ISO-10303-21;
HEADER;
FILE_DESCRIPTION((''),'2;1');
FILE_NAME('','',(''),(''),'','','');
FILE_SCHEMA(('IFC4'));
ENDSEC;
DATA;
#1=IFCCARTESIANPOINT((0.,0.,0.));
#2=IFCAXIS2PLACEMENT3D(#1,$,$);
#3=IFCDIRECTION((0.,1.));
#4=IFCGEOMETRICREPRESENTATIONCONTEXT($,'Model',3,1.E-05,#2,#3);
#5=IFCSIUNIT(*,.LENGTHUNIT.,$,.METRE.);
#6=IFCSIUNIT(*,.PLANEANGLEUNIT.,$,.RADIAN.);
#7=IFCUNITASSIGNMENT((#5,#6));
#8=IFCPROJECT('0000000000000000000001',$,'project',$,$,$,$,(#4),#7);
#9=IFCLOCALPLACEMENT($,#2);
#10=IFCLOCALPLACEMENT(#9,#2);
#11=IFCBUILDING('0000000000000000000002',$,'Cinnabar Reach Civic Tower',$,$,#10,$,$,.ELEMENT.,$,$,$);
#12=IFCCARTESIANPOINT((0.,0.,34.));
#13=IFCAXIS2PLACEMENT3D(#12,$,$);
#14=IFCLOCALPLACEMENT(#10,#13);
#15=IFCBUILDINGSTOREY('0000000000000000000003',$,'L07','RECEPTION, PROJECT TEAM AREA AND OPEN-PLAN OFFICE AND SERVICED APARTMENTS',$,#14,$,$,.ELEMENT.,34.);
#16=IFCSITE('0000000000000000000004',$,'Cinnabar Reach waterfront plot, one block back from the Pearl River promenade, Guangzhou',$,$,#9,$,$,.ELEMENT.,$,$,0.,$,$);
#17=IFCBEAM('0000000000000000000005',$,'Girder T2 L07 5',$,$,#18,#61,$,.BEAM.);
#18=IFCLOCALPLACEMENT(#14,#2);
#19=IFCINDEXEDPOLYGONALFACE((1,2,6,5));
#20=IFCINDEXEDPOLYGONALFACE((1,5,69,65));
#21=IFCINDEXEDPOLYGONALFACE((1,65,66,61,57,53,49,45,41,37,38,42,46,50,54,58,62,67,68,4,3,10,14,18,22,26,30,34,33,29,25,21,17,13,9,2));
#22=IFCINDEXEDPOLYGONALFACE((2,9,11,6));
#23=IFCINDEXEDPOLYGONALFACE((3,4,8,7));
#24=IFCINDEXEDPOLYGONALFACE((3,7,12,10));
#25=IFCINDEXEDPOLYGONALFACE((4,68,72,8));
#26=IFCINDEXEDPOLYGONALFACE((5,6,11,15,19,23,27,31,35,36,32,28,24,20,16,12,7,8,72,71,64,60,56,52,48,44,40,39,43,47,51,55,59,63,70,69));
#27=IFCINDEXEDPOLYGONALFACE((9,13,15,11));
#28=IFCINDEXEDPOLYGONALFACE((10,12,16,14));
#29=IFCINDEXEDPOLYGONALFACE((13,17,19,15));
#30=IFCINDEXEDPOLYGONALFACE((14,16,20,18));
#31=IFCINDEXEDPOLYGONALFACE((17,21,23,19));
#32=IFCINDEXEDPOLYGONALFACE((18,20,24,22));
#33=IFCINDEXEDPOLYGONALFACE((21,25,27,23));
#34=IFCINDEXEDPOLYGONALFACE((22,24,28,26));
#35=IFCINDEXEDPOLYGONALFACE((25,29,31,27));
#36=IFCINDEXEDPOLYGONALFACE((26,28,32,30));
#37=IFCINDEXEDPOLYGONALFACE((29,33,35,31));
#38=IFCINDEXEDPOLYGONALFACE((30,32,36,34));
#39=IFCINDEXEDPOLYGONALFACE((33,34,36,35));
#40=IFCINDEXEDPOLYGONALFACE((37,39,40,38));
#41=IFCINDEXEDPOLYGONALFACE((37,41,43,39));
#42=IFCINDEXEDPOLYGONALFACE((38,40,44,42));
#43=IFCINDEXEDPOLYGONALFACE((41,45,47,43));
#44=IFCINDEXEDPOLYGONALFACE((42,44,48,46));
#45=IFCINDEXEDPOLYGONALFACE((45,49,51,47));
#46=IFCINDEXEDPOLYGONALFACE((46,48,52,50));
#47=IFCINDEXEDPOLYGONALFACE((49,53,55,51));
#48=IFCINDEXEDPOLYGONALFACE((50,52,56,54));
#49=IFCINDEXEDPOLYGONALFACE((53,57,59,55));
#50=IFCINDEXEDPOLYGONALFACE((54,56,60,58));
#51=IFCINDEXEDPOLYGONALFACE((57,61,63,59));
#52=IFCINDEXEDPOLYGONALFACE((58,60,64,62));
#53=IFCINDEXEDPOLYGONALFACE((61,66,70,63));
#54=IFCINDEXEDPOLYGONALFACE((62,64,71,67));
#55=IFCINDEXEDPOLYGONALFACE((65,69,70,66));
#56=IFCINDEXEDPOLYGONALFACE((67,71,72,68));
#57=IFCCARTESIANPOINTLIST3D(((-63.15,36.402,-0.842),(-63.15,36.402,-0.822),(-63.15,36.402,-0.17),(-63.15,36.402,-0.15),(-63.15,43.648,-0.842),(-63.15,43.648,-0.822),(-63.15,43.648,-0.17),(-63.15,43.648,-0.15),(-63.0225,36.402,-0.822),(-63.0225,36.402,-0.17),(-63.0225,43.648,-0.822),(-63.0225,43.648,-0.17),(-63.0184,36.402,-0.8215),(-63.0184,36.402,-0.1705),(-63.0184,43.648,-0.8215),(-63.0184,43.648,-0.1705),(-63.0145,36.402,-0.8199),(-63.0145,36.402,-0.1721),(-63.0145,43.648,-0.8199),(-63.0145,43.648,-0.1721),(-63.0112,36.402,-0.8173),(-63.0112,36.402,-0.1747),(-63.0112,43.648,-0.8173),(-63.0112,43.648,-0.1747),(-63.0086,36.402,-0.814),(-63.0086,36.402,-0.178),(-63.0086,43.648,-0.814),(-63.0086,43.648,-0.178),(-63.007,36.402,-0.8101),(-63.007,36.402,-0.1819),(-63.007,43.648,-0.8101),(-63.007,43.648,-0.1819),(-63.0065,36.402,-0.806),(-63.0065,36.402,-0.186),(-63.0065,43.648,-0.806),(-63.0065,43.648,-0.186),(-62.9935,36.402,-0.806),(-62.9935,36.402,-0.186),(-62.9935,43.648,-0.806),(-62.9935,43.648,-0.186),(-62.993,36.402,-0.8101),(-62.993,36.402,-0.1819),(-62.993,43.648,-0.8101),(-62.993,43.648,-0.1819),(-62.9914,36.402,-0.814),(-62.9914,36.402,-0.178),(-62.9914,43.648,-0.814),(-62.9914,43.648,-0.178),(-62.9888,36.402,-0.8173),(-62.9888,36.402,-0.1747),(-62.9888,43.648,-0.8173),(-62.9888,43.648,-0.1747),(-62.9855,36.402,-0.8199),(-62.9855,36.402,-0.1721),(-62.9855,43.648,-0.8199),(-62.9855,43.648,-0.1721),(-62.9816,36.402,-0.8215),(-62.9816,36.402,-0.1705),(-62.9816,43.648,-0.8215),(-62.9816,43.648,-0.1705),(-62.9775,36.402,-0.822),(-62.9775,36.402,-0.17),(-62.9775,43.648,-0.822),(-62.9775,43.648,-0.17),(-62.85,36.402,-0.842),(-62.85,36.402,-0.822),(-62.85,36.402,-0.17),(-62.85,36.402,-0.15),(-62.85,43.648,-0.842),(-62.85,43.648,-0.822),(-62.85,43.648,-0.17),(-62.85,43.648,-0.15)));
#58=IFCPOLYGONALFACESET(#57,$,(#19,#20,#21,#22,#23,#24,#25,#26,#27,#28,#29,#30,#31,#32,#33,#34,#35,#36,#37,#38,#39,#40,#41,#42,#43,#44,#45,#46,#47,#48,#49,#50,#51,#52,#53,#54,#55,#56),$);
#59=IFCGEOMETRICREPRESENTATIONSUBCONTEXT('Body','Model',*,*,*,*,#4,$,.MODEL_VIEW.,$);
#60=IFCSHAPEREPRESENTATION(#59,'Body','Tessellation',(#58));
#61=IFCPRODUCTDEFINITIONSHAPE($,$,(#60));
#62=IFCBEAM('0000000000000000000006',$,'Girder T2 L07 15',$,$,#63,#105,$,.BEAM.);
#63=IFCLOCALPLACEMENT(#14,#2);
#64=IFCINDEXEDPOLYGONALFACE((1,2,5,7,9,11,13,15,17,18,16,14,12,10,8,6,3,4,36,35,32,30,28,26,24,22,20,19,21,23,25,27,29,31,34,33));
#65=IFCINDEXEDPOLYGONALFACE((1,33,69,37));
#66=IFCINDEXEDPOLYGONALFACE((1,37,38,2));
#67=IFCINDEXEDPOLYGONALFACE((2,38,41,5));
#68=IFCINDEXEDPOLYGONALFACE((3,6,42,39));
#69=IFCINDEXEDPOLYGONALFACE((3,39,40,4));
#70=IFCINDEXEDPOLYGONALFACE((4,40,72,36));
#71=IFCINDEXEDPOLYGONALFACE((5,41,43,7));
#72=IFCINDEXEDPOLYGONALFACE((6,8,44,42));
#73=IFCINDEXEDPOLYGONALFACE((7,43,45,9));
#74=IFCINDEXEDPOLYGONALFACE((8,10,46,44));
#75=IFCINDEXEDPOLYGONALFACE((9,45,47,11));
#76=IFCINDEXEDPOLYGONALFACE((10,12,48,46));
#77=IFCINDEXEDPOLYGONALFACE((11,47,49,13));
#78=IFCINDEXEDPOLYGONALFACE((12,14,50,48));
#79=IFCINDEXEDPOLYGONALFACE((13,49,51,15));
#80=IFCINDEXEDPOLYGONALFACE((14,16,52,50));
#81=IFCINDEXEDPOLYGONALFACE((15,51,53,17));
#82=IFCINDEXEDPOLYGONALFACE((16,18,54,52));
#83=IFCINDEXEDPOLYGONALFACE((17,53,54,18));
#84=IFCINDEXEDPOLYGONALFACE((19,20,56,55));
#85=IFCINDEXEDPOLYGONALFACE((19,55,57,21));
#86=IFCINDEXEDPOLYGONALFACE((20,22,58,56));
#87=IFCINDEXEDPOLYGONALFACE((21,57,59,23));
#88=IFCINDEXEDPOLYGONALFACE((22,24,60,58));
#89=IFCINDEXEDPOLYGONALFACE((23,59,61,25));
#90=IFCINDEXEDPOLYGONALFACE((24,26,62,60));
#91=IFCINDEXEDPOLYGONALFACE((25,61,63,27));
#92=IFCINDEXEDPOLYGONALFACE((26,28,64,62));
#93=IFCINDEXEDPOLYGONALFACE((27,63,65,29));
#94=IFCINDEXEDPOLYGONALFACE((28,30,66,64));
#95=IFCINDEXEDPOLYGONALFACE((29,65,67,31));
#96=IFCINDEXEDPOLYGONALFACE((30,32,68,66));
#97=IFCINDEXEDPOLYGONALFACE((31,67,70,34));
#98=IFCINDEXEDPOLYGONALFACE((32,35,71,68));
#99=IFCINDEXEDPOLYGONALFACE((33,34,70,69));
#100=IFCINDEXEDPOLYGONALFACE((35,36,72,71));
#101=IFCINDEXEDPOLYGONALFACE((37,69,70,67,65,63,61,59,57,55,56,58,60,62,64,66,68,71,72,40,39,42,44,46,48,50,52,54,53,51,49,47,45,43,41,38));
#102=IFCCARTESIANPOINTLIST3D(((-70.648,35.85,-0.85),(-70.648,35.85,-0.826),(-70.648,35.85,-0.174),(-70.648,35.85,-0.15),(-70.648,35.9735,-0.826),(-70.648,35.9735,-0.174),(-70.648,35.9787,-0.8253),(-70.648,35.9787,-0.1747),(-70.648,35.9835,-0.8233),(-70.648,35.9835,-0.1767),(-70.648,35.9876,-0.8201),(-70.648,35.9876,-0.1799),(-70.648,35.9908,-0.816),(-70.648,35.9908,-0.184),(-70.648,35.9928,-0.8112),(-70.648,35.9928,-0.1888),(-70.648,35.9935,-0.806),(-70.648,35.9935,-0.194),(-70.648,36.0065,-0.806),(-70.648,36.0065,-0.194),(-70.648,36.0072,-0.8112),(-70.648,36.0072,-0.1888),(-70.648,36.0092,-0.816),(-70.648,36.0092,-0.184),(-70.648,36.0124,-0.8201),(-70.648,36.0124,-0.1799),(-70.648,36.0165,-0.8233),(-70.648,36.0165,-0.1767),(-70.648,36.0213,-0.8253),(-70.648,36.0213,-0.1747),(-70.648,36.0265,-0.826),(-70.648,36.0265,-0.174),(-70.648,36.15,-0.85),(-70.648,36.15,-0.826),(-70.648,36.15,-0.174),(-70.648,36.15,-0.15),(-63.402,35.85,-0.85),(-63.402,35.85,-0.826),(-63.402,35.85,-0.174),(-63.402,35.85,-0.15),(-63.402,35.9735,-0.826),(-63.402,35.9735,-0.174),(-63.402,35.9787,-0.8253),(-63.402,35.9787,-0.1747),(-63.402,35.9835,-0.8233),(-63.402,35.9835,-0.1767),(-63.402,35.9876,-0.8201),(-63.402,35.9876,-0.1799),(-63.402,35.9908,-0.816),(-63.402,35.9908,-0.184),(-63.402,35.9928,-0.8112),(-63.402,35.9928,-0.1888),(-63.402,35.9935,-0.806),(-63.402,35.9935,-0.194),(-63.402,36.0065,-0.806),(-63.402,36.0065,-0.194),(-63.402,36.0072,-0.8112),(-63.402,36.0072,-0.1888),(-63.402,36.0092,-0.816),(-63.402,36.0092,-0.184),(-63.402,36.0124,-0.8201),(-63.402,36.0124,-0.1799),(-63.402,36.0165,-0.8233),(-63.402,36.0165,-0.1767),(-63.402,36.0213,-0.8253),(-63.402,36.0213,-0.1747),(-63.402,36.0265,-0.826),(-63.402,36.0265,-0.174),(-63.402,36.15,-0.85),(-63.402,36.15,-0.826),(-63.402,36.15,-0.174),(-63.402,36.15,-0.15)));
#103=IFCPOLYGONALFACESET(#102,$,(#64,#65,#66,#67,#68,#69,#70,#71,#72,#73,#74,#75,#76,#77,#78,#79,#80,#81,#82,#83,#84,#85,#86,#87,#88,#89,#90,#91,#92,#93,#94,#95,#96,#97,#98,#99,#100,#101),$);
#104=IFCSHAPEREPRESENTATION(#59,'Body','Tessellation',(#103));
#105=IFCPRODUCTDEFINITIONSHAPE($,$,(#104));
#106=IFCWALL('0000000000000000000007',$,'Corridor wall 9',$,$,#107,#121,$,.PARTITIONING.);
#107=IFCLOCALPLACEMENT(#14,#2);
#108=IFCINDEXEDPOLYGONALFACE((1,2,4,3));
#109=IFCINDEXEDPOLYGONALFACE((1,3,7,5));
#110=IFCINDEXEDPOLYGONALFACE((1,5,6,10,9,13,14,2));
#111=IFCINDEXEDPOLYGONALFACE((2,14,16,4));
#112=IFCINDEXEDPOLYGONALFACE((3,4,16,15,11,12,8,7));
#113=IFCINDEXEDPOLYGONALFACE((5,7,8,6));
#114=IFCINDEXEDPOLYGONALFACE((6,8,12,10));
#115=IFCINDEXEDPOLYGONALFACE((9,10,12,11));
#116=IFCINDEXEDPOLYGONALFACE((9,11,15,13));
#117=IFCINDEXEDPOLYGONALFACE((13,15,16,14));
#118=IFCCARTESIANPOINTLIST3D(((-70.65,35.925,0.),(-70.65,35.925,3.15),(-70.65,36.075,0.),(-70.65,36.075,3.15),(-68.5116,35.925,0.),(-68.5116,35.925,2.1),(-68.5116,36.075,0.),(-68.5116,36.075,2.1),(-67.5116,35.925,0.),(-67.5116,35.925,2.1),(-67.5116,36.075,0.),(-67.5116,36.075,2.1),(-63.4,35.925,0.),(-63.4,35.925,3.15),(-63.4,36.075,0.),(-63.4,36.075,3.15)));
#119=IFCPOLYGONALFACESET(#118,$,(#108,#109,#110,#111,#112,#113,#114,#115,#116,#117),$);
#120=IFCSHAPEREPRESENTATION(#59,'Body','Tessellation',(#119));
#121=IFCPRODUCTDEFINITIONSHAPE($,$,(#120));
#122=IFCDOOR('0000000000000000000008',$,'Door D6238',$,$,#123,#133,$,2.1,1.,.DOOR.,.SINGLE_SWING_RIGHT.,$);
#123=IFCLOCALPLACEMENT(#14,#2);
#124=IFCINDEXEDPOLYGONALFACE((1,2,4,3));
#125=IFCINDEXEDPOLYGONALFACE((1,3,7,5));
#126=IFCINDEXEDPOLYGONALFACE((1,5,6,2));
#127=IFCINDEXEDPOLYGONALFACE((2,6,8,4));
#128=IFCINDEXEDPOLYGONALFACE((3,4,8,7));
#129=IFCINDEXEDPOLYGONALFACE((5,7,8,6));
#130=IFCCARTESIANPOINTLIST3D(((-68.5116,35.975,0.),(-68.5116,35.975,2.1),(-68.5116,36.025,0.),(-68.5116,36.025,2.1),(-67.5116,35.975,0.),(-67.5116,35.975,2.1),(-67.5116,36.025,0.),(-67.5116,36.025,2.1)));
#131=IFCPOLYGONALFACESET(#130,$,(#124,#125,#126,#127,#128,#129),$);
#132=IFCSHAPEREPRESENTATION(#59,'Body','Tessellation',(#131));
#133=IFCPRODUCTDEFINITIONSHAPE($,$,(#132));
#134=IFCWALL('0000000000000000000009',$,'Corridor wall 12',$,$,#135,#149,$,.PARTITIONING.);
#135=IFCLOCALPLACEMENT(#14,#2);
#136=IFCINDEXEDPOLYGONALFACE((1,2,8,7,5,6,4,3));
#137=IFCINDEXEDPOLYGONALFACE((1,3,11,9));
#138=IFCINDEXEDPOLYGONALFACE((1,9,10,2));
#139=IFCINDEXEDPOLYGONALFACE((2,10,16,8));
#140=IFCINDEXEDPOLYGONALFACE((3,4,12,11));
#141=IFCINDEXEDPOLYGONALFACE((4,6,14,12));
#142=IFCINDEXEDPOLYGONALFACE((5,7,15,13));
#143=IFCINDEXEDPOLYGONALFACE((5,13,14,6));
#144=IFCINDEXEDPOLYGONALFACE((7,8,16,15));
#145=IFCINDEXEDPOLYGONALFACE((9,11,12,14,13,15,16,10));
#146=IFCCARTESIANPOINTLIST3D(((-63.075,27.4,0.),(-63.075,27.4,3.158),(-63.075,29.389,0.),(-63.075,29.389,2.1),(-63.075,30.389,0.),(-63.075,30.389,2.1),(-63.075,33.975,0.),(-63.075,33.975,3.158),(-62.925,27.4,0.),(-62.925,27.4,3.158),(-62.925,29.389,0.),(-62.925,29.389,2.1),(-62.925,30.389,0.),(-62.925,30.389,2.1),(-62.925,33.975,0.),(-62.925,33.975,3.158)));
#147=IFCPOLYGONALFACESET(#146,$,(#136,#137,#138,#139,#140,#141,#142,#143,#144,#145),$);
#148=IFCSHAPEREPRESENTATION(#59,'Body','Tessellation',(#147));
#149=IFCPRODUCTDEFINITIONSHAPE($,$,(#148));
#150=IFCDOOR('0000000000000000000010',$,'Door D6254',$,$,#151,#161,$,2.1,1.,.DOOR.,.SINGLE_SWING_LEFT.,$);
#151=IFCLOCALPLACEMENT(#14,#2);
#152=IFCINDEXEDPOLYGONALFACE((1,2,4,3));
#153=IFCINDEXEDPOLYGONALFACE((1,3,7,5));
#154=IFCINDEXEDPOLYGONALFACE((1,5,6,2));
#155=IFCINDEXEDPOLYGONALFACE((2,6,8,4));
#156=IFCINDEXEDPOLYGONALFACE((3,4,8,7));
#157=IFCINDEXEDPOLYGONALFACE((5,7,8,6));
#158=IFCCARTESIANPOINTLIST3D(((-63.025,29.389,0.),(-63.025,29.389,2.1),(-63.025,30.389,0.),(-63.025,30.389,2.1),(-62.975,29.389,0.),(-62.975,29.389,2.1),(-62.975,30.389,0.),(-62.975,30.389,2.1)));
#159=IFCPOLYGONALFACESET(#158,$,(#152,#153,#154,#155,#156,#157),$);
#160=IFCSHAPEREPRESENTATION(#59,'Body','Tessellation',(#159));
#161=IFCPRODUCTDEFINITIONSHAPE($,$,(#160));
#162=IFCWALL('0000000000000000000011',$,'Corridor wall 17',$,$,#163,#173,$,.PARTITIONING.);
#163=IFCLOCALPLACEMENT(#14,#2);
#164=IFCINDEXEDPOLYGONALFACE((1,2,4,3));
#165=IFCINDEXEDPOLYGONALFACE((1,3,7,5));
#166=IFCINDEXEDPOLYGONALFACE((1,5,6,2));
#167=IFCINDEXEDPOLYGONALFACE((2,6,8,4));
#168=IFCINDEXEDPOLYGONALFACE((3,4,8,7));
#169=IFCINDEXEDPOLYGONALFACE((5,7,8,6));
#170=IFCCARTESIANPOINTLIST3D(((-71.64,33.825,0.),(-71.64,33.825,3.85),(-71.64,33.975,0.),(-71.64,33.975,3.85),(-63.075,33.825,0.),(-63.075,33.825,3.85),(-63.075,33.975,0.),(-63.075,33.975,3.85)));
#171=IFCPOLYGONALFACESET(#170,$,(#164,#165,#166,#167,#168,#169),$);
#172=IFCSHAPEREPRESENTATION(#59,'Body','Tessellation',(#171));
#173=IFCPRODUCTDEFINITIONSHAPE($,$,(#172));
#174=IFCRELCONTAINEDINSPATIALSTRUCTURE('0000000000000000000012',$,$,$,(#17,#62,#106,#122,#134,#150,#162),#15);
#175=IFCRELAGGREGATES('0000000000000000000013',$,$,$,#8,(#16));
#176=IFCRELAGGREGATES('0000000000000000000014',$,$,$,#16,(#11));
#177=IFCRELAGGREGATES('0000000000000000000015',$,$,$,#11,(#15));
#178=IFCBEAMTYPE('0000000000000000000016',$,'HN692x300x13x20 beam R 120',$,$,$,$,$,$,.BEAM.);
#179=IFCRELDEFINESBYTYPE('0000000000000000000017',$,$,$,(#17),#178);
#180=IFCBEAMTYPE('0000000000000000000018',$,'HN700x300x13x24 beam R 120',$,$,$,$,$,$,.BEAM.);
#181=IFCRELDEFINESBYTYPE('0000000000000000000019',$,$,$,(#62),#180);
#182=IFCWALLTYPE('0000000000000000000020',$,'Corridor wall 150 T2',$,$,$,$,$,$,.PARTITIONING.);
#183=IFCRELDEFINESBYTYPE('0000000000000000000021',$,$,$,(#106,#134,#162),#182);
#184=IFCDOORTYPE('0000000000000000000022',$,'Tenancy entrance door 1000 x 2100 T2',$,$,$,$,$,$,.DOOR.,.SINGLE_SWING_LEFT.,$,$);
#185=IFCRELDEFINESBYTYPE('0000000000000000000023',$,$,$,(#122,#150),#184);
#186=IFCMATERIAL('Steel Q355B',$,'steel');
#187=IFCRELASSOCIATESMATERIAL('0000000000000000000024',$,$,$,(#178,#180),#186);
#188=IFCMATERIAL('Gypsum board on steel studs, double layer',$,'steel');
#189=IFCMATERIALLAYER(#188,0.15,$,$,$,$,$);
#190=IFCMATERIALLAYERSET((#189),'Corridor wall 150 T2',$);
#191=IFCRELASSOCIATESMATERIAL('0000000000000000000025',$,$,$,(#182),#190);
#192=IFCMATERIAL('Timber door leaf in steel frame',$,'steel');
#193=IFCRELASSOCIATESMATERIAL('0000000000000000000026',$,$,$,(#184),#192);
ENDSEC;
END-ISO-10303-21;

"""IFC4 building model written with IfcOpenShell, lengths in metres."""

from ifc_helpers import new_model, si_unit, direction, frame, frame_2d, origin, origin_2d, place, context, subcontext, project, spatial, rectangle, i_section, extrude, material, layer, layer_set, material_profile, profile_set, type_object, element, fill, save


model = new_model("IFC4")

# Units and contexts
model_context = context("Model", 3, precision=1e-05, world=origin(), true_north=direction((0.0, 1.0)))
body_context = subcontext(model_context, "Body", "Model", "MODEL_VIEW")
ifc_project = project(units=[si_unit("LENGTHUNIT", "METRE"), si_unit("PLANEANGLEUNIT", "RADIAN")], contexts=[model_context])

# Site, building, storey
site_placement = place(None, origin())
site = spatial("IfcSite", under=ifc_project, at=site_placement, Name="Cinnabar Reach waterfront plot, one block back from the Pearl River promenade, Guangzhou", CompositionType="ELEMENT", RefElevation=0.0)
building_placement = place(site_placement, origin())
building = spatial("IfcBuilding", under=site, at=building_placement, Name="Cinnabar Reach Civic Tower", CompositionType="ELEMENT")
storey_placement = place(building_placement, frame((0.0, 0.0, 34.0)))
storey = spatial("IfcBuildingStorey", under=building, at=storey_placement, Name="L07", Description="RECEPTION, PROJECT TEAM AREA AND OPEN-PLAN OFFICE AND SERVICED APARTMENTS", CompositionType="ELEMENT", Elevation=34.0)

# Beams
ifc_material_1 = material(Name="Steel Q355B", Category="steel")
ifc_material_profile_1 = material_profile(ifc_material_1, i_section(OverallWidth=0.3, OverallDepth=0.692, WebThickness=0.013, FlangeThickness=0.02, FilletRadius=0.016, at=origin_2d()), Name="HN692x300x13x20")
ifc_profile_set_1 = profile_set([ifc_material_profile_1], Name="Steel Q355B")
beam_type_1 = type_object("IfcBeamType", Name="HN692x300x13x20 beam R 120", PredefinedType="BEAM", material=ifc_profile_set_1)
beam_1_placement = place(storey_placement, frame((-63.0, 36.402, -0.496), z_axis=(0.0, 1.0, 0.0), x_axis=(-1.0, 0.0, 0.0)))
element("IfcBeam", 1, at=beam_1_placement, inside=storey, type_object=beam_type_1, Name="Girder T2 L07 5", PredefinedType="BEAM", context=body_context, shape_type="SweptSolid", body=[
    extrude(i_section(OverallWidth=0.3, OverallDepth=0.692, WebThickness=0.013, FlangeThickness=0.02, FilletRadius=0.016, at=origin_2d()), origin(), (0.0, 0.0, 1.0), 7.246),
])
ifc_material_profile_2 = material_profile(ifc_material_1, i_section(OverallWidth=0.3, OverallDepth=0.7, WebThickness=0.013, FlangeThickness=0.024, FilletRadius=0.02, at=origin_2d()), Name="HN700x300x13x24")
ifc_profile_set_2 = profile_set([ifc_material_profile_2], Name="Steel Q355B")
beam_type_2 = type_object("IfcBeamType", Name="HN700x300x13x24 beam R 120", PredefinedType="BEAM", material=ifc_profile_set_2)
beam_2_placement = place(storey_placement, frame((-70.648, 36.0, -0.5), z_axis=(1.0, 0.0, 0.0), x_axis=(0.0, 1.0, 0.0)))
element("IfcBeam", 2, at=beam_2_placement, inside=storey, type_object=beam_type_2, Name="Girder T2 L07 15", PredefinedType="BEAM", context=body_context, shape_type="SweptSolid", body=[
    extrude(i_section(OverallWidth=0.3, OverallDepth=0.7, WebThickness=0.013, FlangeThickness=0.024, FilletRadius=0.02, at=origin_2d()), origin(), (0.0, 0.0, 1.0), 7.246),
])

# Walls, openings, doors
ifc_material_2 = material(Name="Gypsum board on steel studs, double layer", Category="steel")
ifc_layer_1 = layer(ifc_material_2, 0.15)
ifc_layer_set_1 = layer_set([ifc_layer_1], Name="Corridor wall 150 T2")
wall_type_1 = type_object("IfcWallType", Name="Corridor wall 150 T2", PredefinedType="PARTITIONING", material=ifc_layer_set_1)
wall_1_placement = place(storey_placement, frame((-70.65, 36.0, 0.0), z_axis=(0.0, 0.0, 1.0), x_axis=(1.0, 0.0, 0.0)))
wall_1 = element("IfcWall", 3, at=wall_1_placement, inside=storey, type_object=wall_type_1, Name="Corridor wall 9", PredefinedType="PARTITIONING", context=body_context, shape_type="SweptSolid", body=[
    extrude(rectangle(XDim=7.25, YDim=0.15, at=frame_2d((3.625, 0.0))), origin(), (0.0, 0.0, 1.0), 3.15),
])
opening_1_placement = place(wall_1_placement, frame((2.1384, 0.0, 0.0)))
opening_1 = element("IfcOpeningElement", 4, at=opening_1_placement, cuts=wall_1, PredefinedType="OPENING", context=body_context, shape_type="SweptSolid", body=[
    extrude(rectangle(XDim=1.0, YDim=2.1, at=frame_2d((0.5, 1.05))), frame((0.0, 0.085, 0.0), z_axis=(0.0, -1.0, 0.0), x_axis=(1.0, 0.0, 0.0)), (0.0, 0.0, 1.0), 0.17),
])
ifc_material_3 = material(Name="Timber door leaf in steel frame", Category="steel")
door_type_1 = type_object("IfcDoorType", Name="Tenancy entrance door 1000 x 2100 T2", OperationType="SINGLE_SWING_LEFT", PredefinedType="DOOR", material=ifc_material_3)
door_1_placement = place(opening_1_placement, origin())
door_1 = element("IfcDoor", 5, at=door_1_placement, inside=storey, type_object=door_type_1, Name="Door D6238", OperationType="SINGLE_SWING_RIGHT", OverallHeight=2.1, OverallWidth=1.0, PredefinedType="DOOR", context=body_context, shape_type="SweptSolid", body=[
    extrude(rectangle(XDim=1.0, YDim=2.1, at=frame_2d((0.5, 1.05))), frame((0.0, 0.025, 0.0), z_axis=(0.0, -1.0, 0.0), x_axis=(1.0, 0.0, 0.0)), (0.0, 0.0, 1.0), 0.05),
])
fill(opening_1, door_1)
wall_2_placement = place(storey_placement, frame((-63.0, 27.4, 0.0), z_axis=(0.0, 0.0, 1.0), x_axis=(0.0, 1.0, 0.0)))
wall_2 = element("IfcWall", 6, at=wall_2_placement, inside=storey, type_object=wall_type_1, Name="Corridor wall 12", PredefinedType="PARTITIONING", context=body_context, shape_type="SweptSolid", body=[
    extrude(rectangle(XDim=6.575, YDim=0.15, at=frame_2d((3.2875, 0.0))), origin(), (0.0, 0.0, 1.0), 3.158),
])
opening_2_placement = place(wall_2_placement, frame((1.989, 0.0, 0.0)))
opening_2 = element("IfcOpeningElement", 7, at=opening_2_placement, cuts=wall_2, PredefinedType="OPENING", context=body_context, shape_type="SweptSolid", body=[
    extrude(rectangle(XDim=1.0, YDim=2.1, at=frame_2d((0.5, 1.05))), frame((0.0, 0.085, 0.0), z_axis=(0.0, -1.0, 0.0), x_axis=(1.0, 0.0, 0.0)), (0.0, 0.0, 1.0), 0.17),
])
door_2_placement = place(opening_2_placement, origin())
door_2 = element("IfcDoor", 8, at=door_2_placement, inside=storey, type_object=door_type_1, Name="Door D6254", OperationType="SINGLE_SWING_LEFT", OverallHeight=2.1, OverallWidth=1.0, PredefinedType="DOOR", context=body_context, shape_type="SweptSolid", body=[
    extrude(rectangle(XDim=1.0, YDim=2.1, at=frame_2d((0.5, 1.05))), frame((0.0, 0.025, 0.0), z_axis=(0.0, -1.0, 0.0), x_axis=(1.0, 0.0, 0.0)), (0.0, 0.0, 1.0), 0.05),
])
fill(opening_2, door_2)

# Wall
wall_3_placement = place(storey_placement, frame((-71.64, 33.9, 0.0), z_axis=(0.0, 0.0, 1.0), x_axis=(1.0, 0.0, 0.0)))
element("IfcWall", 9, at=wall_3_placement, inside=storey, type_object=wall_type_1, Name="Corridor wall 17", PredefinedType="PARTITIONING", context=body_context, shape_type="SweptSolid", body=[
    extrude(rectangle(XDim=8.565, YDim=0.15, at=frame_2d((4.2825, 0.0))), origin(), (0.0, 0.0, 1.0), 3.85),
])

save(model, "model.ifc")
